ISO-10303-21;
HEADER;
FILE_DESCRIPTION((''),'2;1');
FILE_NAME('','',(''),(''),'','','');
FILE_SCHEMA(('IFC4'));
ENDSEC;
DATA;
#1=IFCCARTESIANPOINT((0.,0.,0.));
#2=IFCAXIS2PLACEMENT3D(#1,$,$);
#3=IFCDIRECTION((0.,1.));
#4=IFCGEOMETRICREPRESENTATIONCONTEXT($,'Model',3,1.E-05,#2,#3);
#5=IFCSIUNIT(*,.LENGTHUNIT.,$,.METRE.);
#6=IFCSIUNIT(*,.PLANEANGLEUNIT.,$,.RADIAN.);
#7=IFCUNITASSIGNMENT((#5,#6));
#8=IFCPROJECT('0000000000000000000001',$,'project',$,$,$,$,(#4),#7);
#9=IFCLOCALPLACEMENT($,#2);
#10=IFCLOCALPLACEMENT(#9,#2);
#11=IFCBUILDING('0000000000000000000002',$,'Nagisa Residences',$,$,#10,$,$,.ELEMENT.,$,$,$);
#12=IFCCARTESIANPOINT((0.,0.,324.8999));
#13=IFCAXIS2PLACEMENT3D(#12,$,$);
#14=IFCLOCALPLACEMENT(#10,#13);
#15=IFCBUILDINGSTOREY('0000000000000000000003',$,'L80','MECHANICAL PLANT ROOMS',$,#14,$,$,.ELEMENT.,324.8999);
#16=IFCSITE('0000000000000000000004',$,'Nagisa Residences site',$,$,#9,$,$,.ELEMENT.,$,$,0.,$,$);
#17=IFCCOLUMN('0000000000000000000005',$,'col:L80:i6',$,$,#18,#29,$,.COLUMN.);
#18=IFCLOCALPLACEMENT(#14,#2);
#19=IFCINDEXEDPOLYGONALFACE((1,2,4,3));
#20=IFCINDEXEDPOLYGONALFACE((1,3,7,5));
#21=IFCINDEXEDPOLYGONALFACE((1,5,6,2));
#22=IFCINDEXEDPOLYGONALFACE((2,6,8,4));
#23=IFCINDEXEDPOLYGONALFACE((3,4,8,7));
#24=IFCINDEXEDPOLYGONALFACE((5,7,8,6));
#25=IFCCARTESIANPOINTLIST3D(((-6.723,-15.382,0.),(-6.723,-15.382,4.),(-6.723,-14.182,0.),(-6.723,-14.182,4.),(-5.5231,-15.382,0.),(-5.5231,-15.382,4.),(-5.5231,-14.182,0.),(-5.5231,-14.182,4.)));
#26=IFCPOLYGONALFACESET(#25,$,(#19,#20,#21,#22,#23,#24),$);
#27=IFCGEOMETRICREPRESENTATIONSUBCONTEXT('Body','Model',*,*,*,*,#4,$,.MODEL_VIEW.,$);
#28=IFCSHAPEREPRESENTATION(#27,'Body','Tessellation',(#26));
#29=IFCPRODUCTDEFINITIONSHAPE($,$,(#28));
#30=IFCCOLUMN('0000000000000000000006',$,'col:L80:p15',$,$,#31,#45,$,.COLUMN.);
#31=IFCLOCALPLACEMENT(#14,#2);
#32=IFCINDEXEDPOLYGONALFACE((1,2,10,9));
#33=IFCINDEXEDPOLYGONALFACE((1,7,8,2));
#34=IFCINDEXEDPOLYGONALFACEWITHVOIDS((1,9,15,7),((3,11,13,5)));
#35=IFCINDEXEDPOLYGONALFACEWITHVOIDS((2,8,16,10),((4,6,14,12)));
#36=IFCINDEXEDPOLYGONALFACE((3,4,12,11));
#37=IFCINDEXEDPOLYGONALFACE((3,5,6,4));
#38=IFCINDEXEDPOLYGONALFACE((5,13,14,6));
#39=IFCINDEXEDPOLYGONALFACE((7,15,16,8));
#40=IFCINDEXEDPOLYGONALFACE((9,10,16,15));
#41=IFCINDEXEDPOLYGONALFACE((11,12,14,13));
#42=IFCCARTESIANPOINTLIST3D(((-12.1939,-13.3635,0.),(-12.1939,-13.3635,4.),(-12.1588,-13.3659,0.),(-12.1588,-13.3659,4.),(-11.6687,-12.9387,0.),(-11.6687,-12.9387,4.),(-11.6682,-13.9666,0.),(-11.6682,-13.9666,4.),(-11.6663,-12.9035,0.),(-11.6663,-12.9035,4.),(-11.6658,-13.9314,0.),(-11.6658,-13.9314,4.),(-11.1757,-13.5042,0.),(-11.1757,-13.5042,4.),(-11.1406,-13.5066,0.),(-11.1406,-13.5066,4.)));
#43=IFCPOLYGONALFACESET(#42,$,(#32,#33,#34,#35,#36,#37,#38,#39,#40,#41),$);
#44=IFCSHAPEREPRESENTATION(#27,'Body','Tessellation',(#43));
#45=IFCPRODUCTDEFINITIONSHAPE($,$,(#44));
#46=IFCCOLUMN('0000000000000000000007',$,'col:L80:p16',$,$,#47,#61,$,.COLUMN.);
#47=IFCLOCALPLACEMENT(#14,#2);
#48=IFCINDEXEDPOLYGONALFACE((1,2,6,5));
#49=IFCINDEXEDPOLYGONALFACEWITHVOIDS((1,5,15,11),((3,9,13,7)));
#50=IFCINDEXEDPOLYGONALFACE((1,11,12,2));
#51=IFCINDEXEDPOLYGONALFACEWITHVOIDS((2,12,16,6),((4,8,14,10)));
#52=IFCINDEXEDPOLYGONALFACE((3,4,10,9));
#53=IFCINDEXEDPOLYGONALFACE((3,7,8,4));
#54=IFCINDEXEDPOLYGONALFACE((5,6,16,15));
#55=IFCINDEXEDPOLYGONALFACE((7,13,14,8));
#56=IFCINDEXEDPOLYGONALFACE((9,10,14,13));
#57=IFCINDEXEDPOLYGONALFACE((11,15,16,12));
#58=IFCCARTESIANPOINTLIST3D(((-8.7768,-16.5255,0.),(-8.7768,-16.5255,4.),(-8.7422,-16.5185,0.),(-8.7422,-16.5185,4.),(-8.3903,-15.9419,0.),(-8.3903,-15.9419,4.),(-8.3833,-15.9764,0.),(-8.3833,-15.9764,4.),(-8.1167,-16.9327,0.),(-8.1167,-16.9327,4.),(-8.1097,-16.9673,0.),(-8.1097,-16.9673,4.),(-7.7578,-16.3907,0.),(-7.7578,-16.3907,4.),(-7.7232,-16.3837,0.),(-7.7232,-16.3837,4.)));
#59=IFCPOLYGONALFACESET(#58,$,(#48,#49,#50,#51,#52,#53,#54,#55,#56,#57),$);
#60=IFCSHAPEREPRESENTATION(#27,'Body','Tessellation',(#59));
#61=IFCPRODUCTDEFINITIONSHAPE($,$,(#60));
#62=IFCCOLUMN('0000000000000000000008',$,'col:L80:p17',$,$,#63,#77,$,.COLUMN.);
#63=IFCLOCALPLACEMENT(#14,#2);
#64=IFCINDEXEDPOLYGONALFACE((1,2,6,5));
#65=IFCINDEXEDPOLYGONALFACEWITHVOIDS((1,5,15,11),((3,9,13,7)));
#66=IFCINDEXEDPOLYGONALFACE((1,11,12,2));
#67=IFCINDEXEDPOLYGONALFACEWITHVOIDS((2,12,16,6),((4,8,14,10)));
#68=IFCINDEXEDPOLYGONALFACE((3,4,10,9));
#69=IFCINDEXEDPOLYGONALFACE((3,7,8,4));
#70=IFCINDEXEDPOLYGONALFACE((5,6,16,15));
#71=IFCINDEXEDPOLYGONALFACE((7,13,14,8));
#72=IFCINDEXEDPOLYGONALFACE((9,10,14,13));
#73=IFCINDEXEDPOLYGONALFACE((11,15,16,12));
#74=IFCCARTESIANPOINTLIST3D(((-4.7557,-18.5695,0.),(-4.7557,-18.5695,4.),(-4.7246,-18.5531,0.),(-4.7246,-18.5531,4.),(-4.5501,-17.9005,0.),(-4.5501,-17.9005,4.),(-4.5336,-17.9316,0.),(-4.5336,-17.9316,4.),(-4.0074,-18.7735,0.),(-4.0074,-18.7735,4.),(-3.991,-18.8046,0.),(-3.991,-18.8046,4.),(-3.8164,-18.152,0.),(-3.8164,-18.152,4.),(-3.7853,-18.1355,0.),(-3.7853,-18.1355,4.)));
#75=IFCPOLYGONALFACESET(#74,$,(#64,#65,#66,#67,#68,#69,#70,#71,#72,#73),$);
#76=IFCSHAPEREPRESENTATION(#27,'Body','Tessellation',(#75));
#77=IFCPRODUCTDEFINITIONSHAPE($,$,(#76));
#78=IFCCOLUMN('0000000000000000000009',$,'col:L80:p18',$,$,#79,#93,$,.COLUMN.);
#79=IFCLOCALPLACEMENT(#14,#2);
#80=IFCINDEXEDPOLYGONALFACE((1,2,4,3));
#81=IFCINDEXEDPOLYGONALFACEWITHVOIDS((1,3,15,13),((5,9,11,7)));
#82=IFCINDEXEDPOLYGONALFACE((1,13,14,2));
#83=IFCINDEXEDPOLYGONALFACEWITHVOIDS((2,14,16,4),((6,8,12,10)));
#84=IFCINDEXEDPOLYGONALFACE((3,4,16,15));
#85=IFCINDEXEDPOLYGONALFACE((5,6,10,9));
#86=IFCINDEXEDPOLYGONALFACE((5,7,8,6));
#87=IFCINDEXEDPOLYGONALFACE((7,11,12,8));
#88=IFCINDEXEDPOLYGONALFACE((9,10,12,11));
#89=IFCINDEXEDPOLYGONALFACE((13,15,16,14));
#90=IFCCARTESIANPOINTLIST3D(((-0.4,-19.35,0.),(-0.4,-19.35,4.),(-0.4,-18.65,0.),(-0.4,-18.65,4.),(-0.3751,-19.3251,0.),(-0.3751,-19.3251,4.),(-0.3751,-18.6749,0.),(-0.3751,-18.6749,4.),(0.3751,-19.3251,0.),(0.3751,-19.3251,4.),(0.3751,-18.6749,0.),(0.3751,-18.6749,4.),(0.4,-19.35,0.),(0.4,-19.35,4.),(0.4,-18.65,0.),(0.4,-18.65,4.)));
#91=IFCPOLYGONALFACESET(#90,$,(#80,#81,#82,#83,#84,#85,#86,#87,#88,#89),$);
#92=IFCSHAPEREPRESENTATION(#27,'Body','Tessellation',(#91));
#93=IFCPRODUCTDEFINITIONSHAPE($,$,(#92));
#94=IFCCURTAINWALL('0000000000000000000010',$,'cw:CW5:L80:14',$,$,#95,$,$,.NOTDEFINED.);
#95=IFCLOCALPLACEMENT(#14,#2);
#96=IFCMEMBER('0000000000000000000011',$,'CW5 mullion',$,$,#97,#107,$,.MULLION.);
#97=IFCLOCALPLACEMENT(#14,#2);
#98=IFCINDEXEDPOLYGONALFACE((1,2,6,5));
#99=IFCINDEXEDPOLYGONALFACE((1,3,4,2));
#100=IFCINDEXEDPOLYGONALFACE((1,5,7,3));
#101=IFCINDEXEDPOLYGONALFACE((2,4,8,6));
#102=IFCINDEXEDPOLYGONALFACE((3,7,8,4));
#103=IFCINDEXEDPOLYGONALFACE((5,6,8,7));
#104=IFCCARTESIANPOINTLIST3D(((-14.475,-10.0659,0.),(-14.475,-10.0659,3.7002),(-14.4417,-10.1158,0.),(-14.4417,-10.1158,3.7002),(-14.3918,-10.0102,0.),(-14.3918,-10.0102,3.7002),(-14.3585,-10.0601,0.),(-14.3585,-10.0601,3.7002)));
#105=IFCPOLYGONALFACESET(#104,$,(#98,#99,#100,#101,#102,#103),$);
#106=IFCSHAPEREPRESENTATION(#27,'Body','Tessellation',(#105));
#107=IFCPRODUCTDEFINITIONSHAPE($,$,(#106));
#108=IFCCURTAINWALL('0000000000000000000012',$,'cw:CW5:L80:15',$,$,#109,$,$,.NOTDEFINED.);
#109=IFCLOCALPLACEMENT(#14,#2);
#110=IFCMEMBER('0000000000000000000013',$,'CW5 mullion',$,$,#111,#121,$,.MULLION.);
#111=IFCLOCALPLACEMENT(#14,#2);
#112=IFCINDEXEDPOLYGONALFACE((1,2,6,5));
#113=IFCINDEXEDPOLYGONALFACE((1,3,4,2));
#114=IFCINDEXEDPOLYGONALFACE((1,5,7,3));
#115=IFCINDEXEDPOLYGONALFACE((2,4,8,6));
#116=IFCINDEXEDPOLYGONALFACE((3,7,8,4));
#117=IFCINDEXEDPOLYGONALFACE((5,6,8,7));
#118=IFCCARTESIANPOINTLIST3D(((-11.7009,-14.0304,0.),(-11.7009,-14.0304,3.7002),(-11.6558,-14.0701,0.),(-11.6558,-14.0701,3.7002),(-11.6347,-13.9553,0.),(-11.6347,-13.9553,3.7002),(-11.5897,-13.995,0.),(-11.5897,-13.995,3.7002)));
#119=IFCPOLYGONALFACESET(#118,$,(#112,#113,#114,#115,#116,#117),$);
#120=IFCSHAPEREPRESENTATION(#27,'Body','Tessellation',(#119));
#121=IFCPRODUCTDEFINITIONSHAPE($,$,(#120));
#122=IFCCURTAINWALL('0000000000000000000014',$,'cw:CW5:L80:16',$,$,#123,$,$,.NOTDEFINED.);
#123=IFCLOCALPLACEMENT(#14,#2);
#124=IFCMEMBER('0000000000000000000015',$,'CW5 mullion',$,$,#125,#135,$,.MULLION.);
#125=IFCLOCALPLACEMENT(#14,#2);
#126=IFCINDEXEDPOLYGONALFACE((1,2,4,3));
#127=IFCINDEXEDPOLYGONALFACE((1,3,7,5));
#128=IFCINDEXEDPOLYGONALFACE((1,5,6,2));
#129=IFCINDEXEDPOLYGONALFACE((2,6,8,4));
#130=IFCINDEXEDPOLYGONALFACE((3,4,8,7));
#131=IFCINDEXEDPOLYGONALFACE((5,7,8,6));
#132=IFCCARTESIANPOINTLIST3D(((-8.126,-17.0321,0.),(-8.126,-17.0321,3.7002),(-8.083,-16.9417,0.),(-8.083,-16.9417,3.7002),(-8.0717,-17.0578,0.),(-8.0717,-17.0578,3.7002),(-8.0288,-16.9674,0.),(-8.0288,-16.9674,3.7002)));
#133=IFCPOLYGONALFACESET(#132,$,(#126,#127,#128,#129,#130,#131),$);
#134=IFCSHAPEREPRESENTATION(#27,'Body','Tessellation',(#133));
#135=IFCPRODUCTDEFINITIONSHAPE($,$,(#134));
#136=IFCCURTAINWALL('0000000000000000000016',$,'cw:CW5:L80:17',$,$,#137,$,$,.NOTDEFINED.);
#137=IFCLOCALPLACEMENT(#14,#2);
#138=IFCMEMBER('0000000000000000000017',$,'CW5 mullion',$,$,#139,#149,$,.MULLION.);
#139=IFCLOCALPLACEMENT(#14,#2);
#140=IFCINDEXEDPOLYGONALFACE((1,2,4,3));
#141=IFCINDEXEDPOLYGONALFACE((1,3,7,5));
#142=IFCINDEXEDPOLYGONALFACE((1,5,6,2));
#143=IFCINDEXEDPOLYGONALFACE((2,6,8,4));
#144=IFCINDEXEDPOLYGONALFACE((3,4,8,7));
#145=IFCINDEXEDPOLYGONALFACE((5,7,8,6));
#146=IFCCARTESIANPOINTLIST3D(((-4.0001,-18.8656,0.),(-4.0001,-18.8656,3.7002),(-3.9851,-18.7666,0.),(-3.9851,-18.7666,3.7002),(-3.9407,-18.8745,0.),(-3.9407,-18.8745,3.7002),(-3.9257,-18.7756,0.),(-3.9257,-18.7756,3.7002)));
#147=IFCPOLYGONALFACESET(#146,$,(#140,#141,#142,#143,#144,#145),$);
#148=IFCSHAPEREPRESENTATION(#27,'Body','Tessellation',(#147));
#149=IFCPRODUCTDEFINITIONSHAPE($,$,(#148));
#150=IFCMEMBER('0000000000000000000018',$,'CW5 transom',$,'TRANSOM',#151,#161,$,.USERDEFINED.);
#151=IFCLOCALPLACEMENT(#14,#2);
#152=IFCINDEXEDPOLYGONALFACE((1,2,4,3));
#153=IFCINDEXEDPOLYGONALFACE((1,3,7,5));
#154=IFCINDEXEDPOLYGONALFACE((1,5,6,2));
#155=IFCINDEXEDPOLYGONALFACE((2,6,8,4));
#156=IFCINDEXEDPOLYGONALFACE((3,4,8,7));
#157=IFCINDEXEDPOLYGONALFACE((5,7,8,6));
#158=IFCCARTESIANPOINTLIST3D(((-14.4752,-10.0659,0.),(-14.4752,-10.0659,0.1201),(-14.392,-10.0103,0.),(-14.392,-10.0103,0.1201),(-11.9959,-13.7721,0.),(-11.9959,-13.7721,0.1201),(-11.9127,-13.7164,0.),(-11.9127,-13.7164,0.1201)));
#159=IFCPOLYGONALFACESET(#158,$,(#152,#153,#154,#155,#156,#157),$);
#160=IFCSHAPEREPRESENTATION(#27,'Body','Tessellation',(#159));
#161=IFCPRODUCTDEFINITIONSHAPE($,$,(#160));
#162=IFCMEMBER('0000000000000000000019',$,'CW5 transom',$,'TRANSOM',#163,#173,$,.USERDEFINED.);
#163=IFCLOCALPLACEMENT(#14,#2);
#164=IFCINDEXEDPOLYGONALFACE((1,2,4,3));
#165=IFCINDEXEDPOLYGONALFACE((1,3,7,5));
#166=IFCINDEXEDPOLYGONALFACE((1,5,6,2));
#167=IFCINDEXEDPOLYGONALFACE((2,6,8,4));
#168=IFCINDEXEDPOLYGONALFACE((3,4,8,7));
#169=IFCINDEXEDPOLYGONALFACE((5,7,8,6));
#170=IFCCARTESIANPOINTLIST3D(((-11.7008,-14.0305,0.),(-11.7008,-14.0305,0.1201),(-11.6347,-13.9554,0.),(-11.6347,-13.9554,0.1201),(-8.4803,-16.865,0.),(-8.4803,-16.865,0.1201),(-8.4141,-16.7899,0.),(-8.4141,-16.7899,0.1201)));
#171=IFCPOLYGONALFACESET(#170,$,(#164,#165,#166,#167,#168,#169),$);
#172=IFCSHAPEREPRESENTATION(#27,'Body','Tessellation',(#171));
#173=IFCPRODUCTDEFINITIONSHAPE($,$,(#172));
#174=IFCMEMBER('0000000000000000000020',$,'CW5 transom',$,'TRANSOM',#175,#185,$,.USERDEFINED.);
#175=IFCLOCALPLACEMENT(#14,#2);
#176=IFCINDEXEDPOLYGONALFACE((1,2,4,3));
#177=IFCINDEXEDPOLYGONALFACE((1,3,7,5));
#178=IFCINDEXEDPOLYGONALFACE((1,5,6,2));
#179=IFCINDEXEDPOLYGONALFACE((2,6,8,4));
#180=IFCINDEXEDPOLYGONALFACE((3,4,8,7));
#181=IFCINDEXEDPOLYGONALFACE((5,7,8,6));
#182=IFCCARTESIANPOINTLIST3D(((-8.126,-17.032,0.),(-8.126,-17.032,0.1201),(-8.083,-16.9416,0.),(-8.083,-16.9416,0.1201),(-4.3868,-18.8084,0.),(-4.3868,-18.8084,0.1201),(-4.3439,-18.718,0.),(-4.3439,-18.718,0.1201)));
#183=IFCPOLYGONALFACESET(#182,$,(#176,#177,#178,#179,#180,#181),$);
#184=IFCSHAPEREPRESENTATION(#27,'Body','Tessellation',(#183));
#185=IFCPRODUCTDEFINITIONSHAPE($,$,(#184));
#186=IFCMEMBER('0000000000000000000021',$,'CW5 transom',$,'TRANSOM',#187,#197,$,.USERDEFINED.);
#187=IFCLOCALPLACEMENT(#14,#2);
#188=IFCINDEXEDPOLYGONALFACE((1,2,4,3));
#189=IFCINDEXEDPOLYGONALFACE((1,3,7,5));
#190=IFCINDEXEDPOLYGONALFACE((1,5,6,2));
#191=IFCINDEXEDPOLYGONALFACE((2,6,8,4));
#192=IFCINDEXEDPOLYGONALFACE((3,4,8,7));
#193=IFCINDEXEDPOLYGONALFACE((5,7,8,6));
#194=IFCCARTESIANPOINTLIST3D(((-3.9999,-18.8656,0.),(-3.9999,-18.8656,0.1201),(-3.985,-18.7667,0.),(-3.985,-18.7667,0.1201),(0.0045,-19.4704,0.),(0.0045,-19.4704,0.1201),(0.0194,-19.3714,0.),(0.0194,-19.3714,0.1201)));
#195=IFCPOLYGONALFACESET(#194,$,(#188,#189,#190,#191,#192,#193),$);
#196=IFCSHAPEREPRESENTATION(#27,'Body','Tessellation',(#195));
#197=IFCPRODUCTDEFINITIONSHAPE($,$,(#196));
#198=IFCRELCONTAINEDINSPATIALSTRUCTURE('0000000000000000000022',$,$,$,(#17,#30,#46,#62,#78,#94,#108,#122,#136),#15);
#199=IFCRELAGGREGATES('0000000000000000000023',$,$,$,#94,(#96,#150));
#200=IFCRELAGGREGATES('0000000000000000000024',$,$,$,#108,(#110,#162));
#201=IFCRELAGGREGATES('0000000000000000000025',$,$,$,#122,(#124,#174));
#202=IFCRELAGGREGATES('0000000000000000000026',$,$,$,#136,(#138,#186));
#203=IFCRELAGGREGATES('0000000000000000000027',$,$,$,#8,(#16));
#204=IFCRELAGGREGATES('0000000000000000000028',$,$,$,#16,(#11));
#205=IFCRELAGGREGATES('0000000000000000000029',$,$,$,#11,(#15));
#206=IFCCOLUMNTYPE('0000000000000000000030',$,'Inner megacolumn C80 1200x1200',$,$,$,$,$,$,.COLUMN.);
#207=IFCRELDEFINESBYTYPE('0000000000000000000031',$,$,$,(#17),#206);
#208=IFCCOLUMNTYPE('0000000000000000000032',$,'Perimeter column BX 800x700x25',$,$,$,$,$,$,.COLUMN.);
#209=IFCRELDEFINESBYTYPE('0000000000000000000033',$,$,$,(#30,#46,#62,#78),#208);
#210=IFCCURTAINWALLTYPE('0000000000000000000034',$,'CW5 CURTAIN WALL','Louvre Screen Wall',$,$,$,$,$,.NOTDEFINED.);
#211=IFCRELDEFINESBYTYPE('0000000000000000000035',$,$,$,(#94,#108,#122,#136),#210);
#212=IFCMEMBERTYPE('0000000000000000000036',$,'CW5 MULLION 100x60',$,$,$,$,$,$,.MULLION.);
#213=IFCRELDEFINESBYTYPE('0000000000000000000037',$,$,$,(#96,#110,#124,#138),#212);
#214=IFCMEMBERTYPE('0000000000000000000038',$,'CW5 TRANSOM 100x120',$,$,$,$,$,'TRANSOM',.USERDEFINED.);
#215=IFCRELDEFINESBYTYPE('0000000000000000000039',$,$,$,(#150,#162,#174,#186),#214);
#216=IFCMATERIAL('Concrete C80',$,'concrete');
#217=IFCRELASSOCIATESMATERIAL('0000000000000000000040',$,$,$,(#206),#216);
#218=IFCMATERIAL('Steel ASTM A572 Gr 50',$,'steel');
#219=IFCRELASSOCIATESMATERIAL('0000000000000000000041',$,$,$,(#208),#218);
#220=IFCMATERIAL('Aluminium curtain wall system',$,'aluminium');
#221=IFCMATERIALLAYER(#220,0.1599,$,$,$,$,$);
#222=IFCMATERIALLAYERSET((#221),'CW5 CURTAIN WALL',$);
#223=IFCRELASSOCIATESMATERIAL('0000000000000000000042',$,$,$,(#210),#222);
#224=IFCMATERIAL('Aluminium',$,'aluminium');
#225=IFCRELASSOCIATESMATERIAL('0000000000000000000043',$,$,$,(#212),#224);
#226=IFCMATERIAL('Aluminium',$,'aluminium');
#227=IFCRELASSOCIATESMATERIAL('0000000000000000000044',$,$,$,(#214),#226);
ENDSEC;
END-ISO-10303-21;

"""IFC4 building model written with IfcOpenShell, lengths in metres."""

from ifc_helpers import new_model, si_unit, direction, frame, origin, origin_2d, place, context, subcontext, project, spatial, rectangle, hollow_rectangle, extrude, material, layer, layer_set, material_profile, profile_set, type_object, element, aggregate, save


model = new_model("IFC4")

# Units and contexts
model_context = context("Model", 3, precision=1e-05, world=origin(), true_north=direction((0.0, 1.0)))
body_context = subcontext(model_context, "Body", "Model", "MODEL_VIEW")
ifc_project = project(units=[si_unit("LENGTHUNIT", "METRE"), si_unit("PLANEANGLEUNIT", "RADIAN")], contexts=[model_context])

# Site, building, storey
site_placement = place(None, origin())
site = spatial("IfcSite", under=ifc_project, at=site_placement, Name="Nagisa Residences site", CompositionType="ELEMENT", RefElevation=0.0)
building_placement = place(site_placement, origin())
building = spatial("IfcBuilding", under=site, at=building_placement, Name="Nagisa Residences", CompositionType="ELEMENT")
storey_placement = place(building_placement, frame((0.0, 0.0, 324.8999)))
storey = spatial("IfcBuildingStorey", under=building, at=storey_placement, Name="L80", Description="MECHANICAL PLANT ROOMS", CompositionType="ELEMENT", Elevation=324.8999)

# Columns
ifc_material_1 = material(Name="Concrete C80", Category="concrete")
ifc_material_profile_1 = material_profile(ifc_material_1, rectangle(XDim=1.2, YDim=1.2, at=origin_2d()), Name="C80 1200x1200")
ifc_profile_set_1 = profile_set([ifc_material_profile_1], Name="Concrete C80")
column_type_1 = type_object("IfcColumnType", Name="Inner megacolumn C80 1200x1200", PredefinedType="COLUMN", material=ifc_profile_set_1)
column_placement = place(storey_placement, frame((-6.123, -14.782, 0.0), z_axis=(0.0, 0.0, 1.0), x_axis=(1.0, 0.0, 0.0)))
element("IfcColumn", 1, at=column_placement, inside=storey, type_object=column_type_1, Name="col:L80:i6", PredefinedType="COLUMN", context=body_context, shape_type="SweptSolid", body=[
    extrude(rectangle(XDim=1.2, YDim=1.2, at=origin_2d()), origin(), (0.0, 0.0, 1.0), 4.0),
])
ifc_material_2 = material(Name="Steel ASTM A572 Gr 50", Category="steel")
ifc_material_profile_2 = material_profile(ifc_material_2, hollow_rectangle(XDim=0.8, YDim=0.7, WallThickness=0.0249, at=origin_2d()), Name="BX 800x700x25")
ifc_profile_set_2 = profile_set([ifc_material_profile_2], Name="Steel ASTM A572 Gr 50")
column_type_2 = type_object("IfcColumnType", Name="Perimeter column BX 800x700x25", PredefinedType="COLUMN", material=ifc_profile_set_2)
for number, where, z_axis, x_axis, name in (
    (2, (-11.6672, -13.4351, 0.0), (0.0, 0.0, 1.0), (0.657135, -0.753773, 0.0), "col:L80:p15"),
    (3, (-8.25, -16.4546, 0.0), (0.0, 0.0, 1.0), (0.833744, -0.552151, 0.0), "col:L80:p16"),
    (4, (-4.2705, -18.3525, 0.0), (0.0, 0.0, 1.0), (0.95587, -0.29379, 0.0), "col:L80:p17"),
    (5, (0.0, -19.0, 0.0), (0.0, 0.0, 1.0), (1.0, 0.0, 0.0), "col:L80:p18"),
):
    element("IfcColumn", number, at=place(storey_placement, frame(where, z_axis=z_axis, x_axis=x_axis)), inside=storey, type_object=column_type_2, Name=name, PredefinedType="COLUMN", context=body_context, shape_type="SweptSolid", body=[
        extrude(hollow_rectangle(XDim=0.8, YDim=0.7, WallThickness=0.0249, at=origin_2d()), origin(), (0.0, 0.0, 1.0), 4.0),
    ])

# Curtain walls, members
ifc_material_3 = material(Name="Aluminium curtain wall system", Category="aluminium")
ifc_layer_1 = layer(ifc_material_3, 0.1599)
ifc_layer_set_1 = layer_set([ifc_layer_1], Name="CW5 CURTAIN WALL")
curtain_wall_type = type_object("IfcCurtainWallType", Name="CW5 CURTAIN WALL", Description="Louvre Screen Wall", PredefinedType="NOTDEFINED", material=ifc_layer_set_1)
curtain_wall_1_placement = place(storey_placement, origin())
curtain_wall_1 = element("IfcCurtainWall", 6, at=curtain_wall_1_placement, inside=storey, type_object=curtain_wall_type, Name="cw:CW5:L80:14", PredefinedType="NOTDEFINED")
ifc_material_4 = material(Name="Aluminium", Category="aluminium")
ifc_material_profile_3 = material_profile(ifc_material_4, rectangle(XDim=0.1001, YDim=0.0601, at=origin_2d()), Name="CW5 MULLION 100x60")
ifc_profile_set_3 = profile_set([ifc_material_profile_3], Name="Aluminium")
member_type_1 = type_object("IfcMemberType", Name="CW5 MULLION 100x60", PredefinedType="MULLION", material=ifc_profile_set_3)
member_1_placement = place(storey_placement, frame((-14.4167, -10.063, 0.0), z_axis=(0.0, 0.0, 1.0), x_axis=(0.831173, 0.556014, 0.0)))
member_1 = element("IfcMember", 7, at=member_1_placement, type_object=member_type_1, Name="CW5 mullion", PredefinedType="MULLION", context=body_context, shape_type="SweptSolid", body=[
    extrude(rectangle(XDim=0.1001, YDim=0.0601, at=origin_2d()), origin(), (0.0, 0.0, 1.0), 3.7002),
])
curtain_wall_2_placement = place(storey_placement, origin())
curtain_wall_2 = element("IfcCurtainWall", 8, at=curtain_wall_2_placement, inside=storey, type_object=curtain_wall_type, Name="cw:CW5:L80:15", PredefinedType="NOTDEFINED")
member_2_placement = place(storey_placement, frame((-11.6453, -14.0127, 0.0), z_axis=(0.0, 0.0, 1.0), x_axis=(0.660699, 0.750651, 0.0)))
member_2 = element("IfcMember", 9, at=member_2_placement, type_object=member_type_1, Name="CW5 mullion", PredefinedType="MULLION", context=body_context, shape_type="SweptSolid", body=[
    extrude(rectangle(XDim=0.1001, YDim=0.0601, at=origin_2d()), origin(), (0.0, 0.0, 1.0), 3.7002),
])
curtain_wall_3_placement = place(storey_placement, origin())
curtain_wall_3 = element("IfcCurtainWall", 10, at=curtain_wall_3_placement, inside=storey, type_object=curtain_wall_type, Name="cw:CW5:L80:16", PredefinedType="NOTDEFINED")
member_3_placement = place(storey_placement, frame((-8.0774, -16.9998, 0.0), z_axis=(0.0, 0.0, 1.0), x_axis=(0.429151, 0.903233, 0.0)))
member_3 = element("IfcMember", 11, at=member_3_placement, type_object=member_type_1, Name="CW5 mullion", PredefinedType="MULLION", context=body_context, shape_type="SweptSolid", body=[
    extrude(rectangle(XDim=0.1001, YDim=0.0601, at=origin_2d()), origin(), (0.0, 0.0, 1.0), 3.7002),
])
curtain_wall_4_placement = place(storey_placement, origin())
curtain_wall_4 = element("IfcCurtainWall", 12, at=curtain_wall_4_placement, inside=storey, type_object=curtain_wall_type, Name="cw:CW5:L80:17", PredefinedType="NOTDEFINED")
member_4_placement = place(storey_placement, frame((-3.9629, -18.8206, 0.0), z_axis=(0.0, 0.0, 1.0), x_axis=(0.14932, 0.988789, 0.0)))
member_4 = element("IfcMember", 13, at=member_4_placement, type_object=member_type_1, Name="CW5 mullion", PredefinedType="MULLION", context=body_context, shape_type="SweptSolid", body=[
    extrude(rectangle(XDim=0.1001, YDim=0.0601, at=origin_2d()), origin(), (0.0, 0.0, 1.0), 3.7002),
])

# Members
ifc_material_5 = material(Name="Aluminium", Category="aluminium")
ifc_material_profile_4 = material_profile(ifc_material_5, rectangle(XDim=0.1001, YDim=0.1201, at=origin_2d()), Name="CW5 TRANSOM 100x120")
ifc_profile_set_4 = profile_set([ifc_material_profile_4], Name="Aluminium")
member_type_2 = type_object("IfcMemberType", Name="CW5 TRANSOM 100x120", ElementType="TRANSOM", PredefinedType="USERDEFINED", material=ifc_profile_set_4)
member_5_placement = place(storey_placement, frame((-14.4336, -10.0381, 0.0601), z_axis=(0.556026, -0.831165, 0.0), x_axis=(0.831165, 0.556026, 0.0)))
member_5 = element("IfcMember", 14, at=member_5_placement, type_object=member_type_2, Name="CW5 transom", ObjectType="TRANSOM", PredefinedType="USERDEFINED", context=body_context, shape_type="SweptSolid", body=[
    extrude(rectangle(XDim=0.1001, YDim=0.1201, at=origin_2d()), origin(), (0.0, 0.0, 1.0), 4.459),
])
member_6_placement = place(storey_placement, frame((-11.6677, -13.9929, 0.0601), z_axis=(0.750659, -0.660689, 0.0), x_axis=(0.660689, 0.750659, 0.0)))
member_6 = element("IfcMember", 15, at=member_6_placement, type_object=member_type_2, Name="CW5 transom", ObjectType="TRANSOM", PredefinedType="USERDEFINED", context=body_context, shape_type="SweptSolid", body=[
    extrude(rectangle(XDim=0.1001, YDim=0.1201, at=origin_2d()), origin(), (0.0, 0.0, 1.0), 4.2903),
])
member_7_placement = place(storey_placement, frame((-8.1045, -16.9868, 0.0601), z_axis=(0.903246, -0.429123, 0.0), x_axis=(0.429123, 0.903246, 0.0)))
member_7 = element("IfcMember", 16, at=member_7_placement, type_object=member_type_2, Name="CW5 transom", ObjectType="TRANSOM", PredefinedType="USERDEFINED", context=body_context, shape_type="SweptSolid", body=[
    extrude(rectangle(XDim=0.1001, YDim=0.1201, at=origin_2d()), origin(), (0.0, 0.0, 1.0), 4.1396),
])
member_8_placement = place(storey_placement, frame((-3.9924, -18.8162, 0.0601), z_axis=(0.988788, -0.149325, 0.0), x_axis=(0.149325, 0.988788, 0.0)))
member_8 = element("IfcMember", 17, at=member_8_placement, type_object=member_type_2, Name="CW5 transom", ObjectType="TRANSOM", PredefinedType="USERDEFINED", context=body_context, shape_type="SweptSolid", body=[
    extrude(rectangle(XDim=0.1001, YDim=0.1201, at=origin_2d()), origin(), (0.0, 0.0, 1.0), 4.0498),
])

aggregate(curtain_wall_1, [member_1, member_5])
aggregate(curtain_wall_2, [member_2, member_6])
aggregate(curtain_wall_3, [member_3, member_7])
aggregate(curtain_wall_4, [member_4, member_8])

save(model, "model.ifc")
